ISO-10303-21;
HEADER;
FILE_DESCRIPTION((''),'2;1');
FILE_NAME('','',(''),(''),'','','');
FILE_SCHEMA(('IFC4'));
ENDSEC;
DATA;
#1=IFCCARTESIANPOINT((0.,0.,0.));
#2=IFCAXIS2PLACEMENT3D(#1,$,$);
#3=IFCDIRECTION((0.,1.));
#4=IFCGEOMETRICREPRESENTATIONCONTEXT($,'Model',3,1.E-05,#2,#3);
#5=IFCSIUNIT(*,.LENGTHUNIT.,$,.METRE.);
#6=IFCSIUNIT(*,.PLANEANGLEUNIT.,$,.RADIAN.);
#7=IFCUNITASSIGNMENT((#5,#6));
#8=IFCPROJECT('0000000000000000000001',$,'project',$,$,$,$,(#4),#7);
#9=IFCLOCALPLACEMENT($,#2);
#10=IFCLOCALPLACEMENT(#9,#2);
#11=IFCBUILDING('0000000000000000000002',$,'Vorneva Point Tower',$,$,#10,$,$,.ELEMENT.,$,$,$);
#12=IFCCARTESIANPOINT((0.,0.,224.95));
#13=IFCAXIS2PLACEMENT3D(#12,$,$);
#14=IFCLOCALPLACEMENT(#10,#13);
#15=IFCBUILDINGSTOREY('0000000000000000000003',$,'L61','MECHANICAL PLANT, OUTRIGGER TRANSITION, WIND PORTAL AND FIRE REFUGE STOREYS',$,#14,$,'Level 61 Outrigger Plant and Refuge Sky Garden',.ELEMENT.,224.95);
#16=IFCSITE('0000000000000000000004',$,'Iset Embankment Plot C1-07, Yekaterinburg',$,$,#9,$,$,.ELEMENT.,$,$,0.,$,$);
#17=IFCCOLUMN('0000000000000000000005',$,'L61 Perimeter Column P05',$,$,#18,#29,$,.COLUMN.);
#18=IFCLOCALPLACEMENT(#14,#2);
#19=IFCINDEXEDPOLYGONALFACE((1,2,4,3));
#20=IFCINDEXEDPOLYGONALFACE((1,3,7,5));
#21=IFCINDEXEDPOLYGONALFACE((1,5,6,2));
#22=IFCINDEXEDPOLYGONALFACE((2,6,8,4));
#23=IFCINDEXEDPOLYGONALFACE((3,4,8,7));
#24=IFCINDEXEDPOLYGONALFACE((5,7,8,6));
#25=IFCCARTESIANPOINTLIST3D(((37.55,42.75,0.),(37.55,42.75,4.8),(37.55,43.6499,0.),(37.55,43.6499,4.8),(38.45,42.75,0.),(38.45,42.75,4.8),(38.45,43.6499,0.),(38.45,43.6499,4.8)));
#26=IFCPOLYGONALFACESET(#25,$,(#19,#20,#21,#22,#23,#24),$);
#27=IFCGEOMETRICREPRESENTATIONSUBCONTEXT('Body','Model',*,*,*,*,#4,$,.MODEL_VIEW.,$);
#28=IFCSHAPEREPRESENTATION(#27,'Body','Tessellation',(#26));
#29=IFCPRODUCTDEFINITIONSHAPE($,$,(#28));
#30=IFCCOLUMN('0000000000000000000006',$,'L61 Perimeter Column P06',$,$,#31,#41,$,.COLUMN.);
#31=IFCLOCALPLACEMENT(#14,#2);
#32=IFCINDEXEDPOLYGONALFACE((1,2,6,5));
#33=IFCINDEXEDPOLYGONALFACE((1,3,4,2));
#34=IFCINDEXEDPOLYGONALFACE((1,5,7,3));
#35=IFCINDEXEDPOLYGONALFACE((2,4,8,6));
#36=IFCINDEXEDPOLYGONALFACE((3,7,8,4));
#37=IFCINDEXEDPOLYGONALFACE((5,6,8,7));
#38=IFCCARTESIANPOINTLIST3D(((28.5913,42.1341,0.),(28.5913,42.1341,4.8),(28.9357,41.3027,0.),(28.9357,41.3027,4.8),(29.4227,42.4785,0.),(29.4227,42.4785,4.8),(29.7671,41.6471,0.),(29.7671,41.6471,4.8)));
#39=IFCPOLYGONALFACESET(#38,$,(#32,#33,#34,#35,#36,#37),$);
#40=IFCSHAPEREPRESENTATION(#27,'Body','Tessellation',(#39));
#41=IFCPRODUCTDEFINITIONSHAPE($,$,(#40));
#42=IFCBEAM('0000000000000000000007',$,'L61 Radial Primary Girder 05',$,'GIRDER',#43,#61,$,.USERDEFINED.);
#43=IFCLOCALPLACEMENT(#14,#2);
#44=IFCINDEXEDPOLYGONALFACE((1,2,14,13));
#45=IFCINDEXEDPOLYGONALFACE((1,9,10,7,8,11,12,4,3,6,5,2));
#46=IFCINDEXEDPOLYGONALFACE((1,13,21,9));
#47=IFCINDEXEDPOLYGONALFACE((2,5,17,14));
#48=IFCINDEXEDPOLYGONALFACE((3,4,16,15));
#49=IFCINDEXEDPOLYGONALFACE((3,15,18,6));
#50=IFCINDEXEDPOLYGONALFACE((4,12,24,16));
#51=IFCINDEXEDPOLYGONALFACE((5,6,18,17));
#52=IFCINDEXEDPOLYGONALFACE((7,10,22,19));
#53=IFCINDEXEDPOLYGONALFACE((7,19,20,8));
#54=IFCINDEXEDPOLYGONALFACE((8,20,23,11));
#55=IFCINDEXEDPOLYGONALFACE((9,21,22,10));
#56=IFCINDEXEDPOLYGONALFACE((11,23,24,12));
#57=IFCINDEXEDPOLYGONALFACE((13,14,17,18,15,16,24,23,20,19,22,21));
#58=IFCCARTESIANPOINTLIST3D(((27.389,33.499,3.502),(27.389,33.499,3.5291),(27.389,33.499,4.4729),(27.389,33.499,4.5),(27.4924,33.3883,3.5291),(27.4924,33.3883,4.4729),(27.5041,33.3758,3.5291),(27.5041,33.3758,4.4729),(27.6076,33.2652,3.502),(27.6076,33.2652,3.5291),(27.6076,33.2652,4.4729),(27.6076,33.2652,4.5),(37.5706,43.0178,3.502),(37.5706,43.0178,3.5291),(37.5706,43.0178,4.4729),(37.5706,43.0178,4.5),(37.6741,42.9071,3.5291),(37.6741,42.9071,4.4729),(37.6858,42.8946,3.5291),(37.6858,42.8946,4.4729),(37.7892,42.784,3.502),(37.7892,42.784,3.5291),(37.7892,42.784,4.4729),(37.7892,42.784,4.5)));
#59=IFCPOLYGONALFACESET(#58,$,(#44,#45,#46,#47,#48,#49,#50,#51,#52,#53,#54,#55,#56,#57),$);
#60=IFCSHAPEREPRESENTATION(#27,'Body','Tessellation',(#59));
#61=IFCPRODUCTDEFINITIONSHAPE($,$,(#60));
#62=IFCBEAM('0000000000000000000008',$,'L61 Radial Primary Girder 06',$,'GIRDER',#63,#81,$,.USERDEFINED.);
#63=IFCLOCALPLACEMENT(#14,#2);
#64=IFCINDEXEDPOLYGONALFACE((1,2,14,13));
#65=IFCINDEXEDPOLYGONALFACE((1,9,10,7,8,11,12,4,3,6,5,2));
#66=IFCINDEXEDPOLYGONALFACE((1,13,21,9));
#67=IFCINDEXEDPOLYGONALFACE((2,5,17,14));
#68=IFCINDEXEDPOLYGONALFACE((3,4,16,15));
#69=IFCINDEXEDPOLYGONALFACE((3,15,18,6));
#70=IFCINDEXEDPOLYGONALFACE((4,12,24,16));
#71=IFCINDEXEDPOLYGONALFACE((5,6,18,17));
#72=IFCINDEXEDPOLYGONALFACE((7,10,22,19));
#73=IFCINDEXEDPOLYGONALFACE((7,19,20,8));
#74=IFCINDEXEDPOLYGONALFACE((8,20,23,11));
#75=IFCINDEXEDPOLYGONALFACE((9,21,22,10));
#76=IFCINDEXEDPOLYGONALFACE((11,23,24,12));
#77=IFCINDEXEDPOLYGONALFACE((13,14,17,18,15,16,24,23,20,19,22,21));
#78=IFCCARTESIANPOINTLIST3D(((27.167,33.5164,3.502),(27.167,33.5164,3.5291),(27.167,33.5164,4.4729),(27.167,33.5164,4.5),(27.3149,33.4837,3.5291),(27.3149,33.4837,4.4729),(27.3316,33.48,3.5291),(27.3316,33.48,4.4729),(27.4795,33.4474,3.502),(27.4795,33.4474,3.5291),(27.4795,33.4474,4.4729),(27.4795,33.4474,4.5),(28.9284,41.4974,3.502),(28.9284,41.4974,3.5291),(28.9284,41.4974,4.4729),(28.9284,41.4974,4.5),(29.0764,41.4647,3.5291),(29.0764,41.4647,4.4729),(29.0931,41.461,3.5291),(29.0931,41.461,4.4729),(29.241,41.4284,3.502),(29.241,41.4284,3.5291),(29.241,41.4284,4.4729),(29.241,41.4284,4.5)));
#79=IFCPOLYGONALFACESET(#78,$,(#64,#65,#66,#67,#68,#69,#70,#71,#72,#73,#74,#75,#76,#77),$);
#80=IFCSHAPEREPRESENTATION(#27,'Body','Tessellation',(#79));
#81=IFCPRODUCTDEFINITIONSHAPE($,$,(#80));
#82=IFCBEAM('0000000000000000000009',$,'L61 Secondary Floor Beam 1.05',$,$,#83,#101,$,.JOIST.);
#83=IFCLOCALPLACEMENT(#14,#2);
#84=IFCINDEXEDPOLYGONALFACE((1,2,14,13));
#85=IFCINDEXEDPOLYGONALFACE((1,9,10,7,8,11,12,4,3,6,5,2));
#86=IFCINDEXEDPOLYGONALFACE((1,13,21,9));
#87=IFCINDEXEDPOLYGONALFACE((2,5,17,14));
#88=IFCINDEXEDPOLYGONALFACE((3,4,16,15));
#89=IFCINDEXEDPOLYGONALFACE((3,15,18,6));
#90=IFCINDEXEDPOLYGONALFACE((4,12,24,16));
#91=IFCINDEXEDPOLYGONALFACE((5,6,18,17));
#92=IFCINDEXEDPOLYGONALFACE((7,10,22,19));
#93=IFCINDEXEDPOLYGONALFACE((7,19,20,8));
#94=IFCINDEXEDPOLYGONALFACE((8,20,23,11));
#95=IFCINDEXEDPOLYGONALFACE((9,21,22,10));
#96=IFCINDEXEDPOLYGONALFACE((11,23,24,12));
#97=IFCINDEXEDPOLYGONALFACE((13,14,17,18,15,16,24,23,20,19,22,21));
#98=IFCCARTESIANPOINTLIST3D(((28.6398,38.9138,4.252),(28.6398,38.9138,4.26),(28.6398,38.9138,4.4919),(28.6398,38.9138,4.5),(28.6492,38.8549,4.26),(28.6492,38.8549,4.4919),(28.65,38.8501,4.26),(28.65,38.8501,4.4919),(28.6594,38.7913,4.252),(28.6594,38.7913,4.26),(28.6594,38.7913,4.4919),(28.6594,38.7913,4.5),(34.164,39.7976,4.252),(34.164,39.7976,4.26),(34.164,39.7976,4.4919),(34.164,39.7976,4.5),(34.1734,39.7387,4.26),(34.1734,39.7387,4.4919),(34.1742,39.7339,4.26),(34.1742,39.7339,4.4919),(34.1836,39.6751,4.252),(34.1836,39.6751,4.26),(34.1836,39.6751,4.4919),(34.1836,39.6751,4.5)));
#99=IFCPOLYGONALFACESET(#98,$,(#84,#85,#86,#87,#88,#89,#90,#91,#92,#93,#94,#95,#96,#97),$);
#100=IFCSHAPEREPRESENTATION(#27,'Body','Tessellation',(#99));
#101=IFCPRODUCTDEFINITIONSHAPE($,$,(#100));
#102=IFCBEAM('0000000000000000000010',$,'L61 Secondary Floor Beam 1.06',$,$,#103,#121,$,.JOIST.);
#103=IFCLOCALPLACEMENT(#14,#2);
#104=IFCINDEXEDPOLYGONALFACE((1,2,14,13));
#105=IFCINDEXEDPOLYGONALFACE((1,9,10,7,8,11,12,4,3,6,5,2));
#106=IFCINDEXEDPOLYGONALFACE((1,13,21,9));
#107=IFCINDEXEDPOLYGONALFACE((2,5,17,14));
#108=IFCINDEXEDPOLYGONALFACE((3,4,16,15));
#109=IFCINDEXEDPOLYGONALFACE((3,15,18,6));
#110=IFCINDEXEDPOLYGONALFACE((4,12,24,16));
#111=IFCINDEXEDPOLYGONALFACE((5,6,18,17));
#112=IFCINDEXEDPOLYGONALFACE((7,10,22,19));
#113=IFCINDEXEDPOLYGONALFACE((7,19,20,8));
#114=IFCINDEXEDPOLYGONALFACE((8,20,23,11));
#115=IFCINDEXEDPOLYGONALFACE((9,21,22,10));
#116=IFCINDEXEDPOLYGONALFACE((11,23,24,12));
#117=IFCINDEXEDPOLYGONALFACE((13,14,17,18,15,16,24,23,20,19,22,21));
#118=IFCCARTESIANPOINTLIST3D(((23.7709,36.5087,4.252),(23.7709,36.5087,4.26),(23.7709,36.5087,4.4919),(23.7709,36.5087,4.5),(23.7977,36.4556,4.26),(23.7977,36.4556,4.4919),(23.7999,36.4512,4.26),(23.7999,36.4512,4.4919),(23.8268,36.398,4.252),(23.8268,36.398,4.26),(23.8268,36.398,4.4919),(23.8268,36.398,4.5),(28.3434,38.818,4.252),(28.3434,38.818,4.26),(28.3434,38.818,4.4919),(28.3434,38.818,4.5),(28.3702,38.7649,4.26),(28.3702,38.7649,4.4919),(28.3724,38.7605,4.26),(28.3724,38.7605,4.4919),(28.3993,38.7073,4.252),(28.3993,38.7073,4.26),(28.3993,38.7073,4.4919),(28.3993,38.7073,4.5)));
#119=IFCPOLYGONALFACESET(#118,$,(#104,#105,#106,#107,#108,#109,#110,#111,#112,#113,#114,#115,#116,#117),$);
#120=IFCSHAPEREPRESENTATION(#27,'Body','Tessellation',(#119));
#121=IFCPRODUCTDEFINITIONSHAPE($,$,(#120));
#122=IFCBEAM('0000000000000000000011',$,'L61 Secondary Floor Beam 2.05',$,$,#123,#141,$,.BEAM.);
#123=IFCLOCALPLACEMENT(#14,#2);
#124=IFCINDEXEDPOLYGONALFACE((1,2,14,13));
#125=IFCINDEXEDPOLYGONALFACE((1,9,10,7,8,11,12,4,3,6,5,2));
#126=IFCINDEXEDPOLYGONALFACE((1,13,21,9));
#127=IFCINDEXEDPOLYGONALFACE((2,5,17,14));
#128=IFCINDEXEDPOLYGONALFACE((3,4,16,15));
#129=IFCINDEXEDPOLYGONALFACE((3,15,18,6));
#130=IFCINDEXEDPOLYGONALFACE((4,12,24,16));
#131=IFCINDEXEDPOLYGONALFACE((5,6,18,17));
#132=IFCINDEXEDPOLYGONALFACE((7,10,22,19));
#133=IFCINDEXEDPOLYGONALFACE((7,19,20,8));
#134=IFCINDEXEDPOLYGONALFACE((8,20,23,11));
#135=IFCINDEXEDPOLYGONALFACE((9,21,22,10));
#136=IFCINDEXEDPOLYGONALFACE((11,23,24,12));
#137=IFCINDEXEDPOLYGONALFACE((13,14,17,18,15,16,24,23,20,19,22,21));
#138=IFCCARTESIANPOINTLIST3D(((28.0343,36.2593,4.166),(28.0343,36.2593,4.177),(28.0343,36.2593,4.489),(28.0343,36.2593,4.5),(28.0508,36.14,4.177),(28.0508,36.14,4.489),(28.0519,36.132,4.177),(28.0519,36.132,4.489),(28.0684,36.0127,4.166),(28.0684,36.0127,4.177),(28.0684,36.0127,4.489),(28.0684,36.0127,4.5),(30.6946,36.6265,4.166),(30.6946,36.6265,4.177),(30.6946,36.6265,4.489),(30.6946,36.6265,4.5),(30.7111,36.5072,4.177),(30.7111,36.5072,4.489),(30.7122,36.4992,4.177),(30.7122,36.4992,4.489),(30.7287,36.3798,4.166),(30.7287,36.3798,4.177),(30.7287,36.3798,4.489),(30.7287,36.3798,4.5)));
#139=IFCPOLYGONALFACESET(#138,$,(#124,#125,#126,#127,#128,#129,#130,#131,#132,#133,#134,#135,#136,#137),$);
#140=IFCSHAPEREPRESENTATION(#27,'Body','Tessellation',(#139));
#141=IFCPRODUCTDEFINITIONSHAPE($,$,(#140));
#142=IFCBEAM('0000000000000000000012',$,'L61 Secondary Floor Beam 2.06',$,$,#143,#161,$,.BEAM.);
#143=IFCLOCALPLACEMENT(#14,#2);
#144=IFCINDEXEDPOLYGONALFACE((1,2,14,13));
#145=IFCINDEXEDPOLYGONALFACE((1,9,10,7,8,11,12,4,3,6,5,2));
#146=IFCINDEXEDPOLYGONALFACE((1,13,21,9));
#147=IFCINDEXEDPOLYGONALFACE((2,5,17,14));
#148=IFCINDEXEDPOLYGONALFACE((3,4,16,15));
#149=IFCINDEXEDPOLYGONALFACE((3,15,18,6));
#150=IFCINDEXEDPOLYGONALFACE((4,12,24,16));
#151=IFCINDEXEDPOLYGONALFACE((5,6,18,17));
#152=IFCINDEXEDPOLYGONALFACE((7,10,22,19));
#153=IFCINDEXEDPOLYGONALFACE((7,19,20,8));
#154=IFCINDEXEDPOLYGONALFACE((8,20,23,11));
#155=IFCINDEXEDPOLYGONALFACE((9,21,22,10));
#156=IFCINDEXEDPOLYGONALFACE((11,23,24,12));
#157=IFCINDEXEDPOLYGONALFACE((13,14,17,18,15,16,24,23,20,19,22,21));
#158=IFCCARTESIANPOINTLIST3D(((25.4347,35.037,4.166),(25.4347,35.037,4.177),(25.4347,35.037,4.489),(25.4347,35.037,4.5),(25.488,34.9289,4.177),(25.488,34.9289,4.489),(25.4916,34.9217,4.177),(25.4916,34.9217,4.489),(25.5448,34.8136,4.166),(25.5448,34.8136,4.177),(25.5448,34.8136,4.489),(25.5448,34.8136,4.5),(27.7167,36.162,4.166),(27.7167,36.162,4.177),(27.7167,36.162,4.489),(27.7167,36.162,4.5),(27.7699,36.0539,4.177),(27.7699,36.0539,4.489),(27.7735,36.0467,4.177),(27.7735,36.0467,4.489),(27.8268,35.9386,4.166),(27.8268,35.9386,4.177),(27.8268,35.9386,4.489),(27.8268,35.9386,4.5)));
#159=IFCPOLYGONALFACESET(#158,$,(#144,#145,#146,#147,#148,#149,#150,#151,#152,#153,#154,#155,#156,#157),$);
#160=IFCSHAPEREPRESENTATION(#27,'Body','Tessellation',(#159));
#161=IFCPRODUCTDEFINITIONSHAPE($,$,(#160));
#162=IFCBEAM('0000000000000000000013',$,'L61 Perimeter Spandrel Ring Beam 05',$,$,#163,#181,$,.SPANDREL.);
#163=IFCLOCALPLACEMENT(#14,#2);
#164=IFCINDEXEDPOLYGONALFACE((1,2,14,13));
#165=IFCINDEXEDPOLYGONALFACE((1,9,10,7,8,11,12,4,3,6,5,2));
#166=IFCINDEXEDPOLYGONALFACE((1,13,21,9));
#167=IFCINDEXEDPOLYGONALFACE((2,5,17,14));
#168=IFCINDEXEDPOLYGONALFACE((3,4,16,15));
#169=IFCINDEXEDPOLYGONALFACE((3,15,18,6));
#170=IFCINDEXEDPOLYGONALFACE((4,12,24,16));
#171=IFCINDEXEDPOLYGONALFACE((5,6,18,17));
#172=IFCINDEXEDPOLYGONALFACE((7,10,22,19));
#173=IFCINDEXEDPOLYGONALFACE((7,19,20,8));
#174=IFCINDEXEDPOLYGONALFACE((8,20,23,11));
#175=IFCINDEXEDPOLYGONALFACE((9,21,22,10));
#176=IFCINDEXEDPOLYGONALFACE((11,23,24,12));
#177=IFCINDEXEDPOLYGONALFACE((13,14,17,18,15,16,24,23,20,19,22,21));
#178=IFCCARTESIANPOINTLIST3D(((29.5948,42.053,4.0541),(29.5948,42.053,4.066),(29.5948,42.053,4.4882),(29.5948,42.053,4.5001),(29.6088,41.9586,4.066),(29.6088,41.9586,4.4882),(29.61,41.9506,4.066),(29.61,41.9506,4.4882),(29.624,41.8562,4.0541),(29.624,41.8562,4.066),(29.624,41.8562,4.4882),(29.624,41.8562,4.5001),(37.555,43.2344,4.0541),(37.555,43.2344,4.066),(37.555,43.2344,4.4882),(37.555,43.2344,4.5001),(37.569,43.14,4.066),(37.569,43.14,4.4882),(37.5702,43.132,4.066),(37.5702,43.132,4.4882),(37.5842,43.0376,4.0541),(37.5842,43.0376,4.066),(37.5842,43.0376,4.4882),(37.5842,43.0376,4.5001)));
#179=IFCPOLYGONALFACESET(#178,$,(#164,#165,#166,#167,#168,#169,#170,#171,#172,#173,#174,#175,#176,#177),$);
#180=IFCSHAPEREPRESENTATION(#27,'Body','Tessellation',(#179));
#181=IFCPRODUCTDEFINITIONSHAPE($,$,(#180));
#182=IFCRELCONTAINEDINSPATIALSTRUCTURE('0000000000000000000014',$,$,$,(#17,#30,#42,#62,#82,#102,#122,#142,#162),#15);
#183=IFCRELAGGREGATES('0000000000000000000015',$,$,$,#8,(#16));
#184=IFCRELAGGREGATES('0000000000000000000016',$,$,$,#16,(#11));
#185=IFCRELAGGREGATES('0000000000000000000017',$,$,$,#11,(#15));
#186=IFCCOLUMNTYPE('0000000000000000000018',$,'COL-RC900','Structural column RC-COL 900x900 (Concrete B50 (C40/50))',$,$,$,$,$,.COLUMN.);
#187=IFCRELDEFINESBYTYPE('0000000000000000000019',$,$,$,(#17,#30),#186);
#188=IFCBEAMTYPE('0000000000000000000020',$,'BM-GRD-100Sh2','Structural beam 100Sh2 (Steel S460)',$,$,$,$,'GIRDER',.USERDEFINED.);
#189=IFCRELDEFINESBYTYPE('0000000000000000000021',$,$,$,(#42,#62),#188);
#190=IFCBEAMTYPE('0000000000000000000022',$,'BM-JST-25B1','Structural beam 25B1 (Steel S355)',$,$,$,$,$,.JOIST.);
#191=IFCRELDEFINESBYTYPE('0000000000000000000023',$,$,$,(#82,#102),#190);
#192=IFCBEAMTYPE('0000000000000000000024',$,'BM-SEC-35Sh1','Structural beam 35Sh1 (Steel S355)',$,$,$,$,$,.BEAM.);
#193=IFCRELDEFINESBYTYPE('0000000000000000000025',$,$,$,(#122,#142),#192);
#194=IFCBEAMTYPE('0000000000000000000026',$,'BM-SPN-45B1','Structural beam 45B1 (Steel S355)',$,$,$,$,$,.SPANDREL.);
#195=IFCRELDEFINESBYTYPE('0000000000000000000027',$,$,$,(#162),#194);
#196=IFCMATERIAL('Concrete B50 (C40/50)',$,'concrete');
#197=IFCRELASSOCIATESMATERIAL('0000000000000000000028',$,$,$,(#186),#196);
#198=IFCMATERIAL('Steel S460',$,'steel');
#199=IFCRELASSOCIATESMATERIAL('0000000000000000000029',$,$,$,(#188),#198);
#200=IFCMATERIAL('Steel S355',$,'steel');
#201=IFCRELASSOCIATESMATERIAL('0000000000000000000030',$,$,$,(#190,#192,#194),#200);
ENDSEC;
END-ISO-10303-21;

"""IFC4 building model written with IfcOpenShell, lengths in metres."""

from ifc_helpers import new_model, si_unit, direction, frame, origin, origin_2d, place, context, subcontext, project, spatial, rectangle, i_section, extrude, material, material_profile, profile_set, type_object, element, save


model = new_model("IFC4")

# Units and contexts
model_context = context("Model", 3, precision=1e-05, world=origin(), true_north=direction((0.0, 1.0)))
body_context = subcontext(model_context, "Body", "Model", "MODEL_VIEW")
ifc_project = project(units=[si_unit("LENGTHUNIT", "METRE"), si_unit("PLANEANGLEUNIT", "RADIAN")], contexts=[model_context])

# Site, building, storey
site_placement = place(None, origin())
site = spatial("IfcSite", under=ifc_project, at=site_placement, Name="Iset Embankment Plot C1-07, Yekaterinburg", CompositionType="ELEMENT", RefElevation=0.0)
building_placement = place(site_placement, origin())
building = spatial("IfcBuilding", under=site, at=building_placement, Name="Vorneva Point Tower", CompositionType="ELEMENT")
storey_placement = place(building_placement, frame((0.0, 0.0, 224.95)))
storey = spatial("IfcBuildingStorey", under=building, at=storey_placement, Name="L61", Description="MECHANICAL PLANT, OUTRIGGER TRANSITION, WIND PORTAL AND FIRE REFUGE STOREYS", LongName="Level 61 Outrigger Plant and Refuge Sky Garden", CompositionType="ELEMENT", Elevation=224.95)

# Columns
ifc_material_1 = material(Name="Concrete B50 (C40/50)", Category="concrete")
ifc_material_profile_1 = material_profile(ifc_material_1, rectangle(XDim=0.8999, YDim=0.8999, at=origin_2d()), Name="RC-COL 900x900")
ifc_profile_set_1 = profile_set([ifc_material_profile_1], Name="Concrete B50 (C40/50)")
column_type = type_object("IfcColumnType", Name="COL-RC900", Description="Structural column RC-COL 900x900 (Concrete B50 (C40/50))", PredefinedType="COLUMN", material=ifc_profile_set_1)
for number, where, z_axis, x_axis, name in (
    (1, (38.0, 43.2, 0.0), (0.0, 0.0, 1.0), (0.0, 1.0, 0.0), "L61 Perimeter Column P05"),
    (2, (29.1792, 41.8906, 0.0), (0.0, 0.0, 1.0), (-0.382683, 0.92388, 0.0), "L61 Perimeter Column P06"),
):
    element("IfcColumn", number, at=place(storey_placement, frame(where, z_axis=z_axis, x_axis=x_axis)), inside=storey, type_object=column_type, Name=name, PredefinedType="COLUMN", context=body_context, shape_type="SweptSolid", body=[
        extrude(rectangle(XDim=0.8999, YDim=0.8999, at=origin_2d()), origin(), (0.0, 0.0, 1.0), 4.8),
    ])

# Beams
ifc_material_2 = material(Name="Steel S460", Category="steel")
ifc_material_profile_2 = material_profile(ifc_material_2, i_section(OverallWidth=0.3201, OverallDepth=0.998, WebThickness=0.0171, FlangeThickness=0.0271, at=origin_2d()), Name="100Sh2")
ifc_profile_set_2 = profile_set([ifc_material_profile_2], Name="Steel S460")
beam_type_1 = type_object("IfcBeamType", Name="BM-GRD-100Sh2", Description="Structural beam 100Sh2 (Steel S460)", ElementType="GIRDER", PredefinedType="USERDEFINED", material=ifc_profile_set_2)
beam_1_placement = place(storey_placement, frame((37.6799, 42.9009, 4.001), z_axis=(-0.730485, -0.682929, 0.0), x_axis=(0.682929, -0.730485, 0.0)))
element("IfcBeam", 3, at=beam_1_placement, inside=storey, type_object=beam_type_1, Name="L61 Radial Primary Girder 05", ObjectType="GIRDER", PredefinedType="USERDEFINED", context=body_context, shape_type="SweptSolid", body=[
    extrude(i_section(OverallWidth=0.3201, OverallDepth=0.998, WebThickness=0.0171, FlangeThickness=0.0271, at=origin_2d()), origin(), (0.0, 0.0, 1.0), 13.9382),
])
beam_2_placement = place(storey_placement, frame((29.0847, 41.4629, 4.001), z_axis=(-0.215523, -0.976499, 0.0), x_axis=(0.976499, -0.215523, 0.0)))
element("IfcBeam", 4, at=beam_2_placement, inside=storey, type_object=beam_type_1, Name="L61 Radial Primary Girder 06", ObjectType="GIRDER", PredefinedType="USERDEFINED", context=body_context, shape_type="SweptSolid", body=[
    extrude(i_section(OverallWidth=0.3201, OverallDepth=0.998, WebThickness=0.0171, FlangeThickness=0.0271, at=origin_2d()), origin(), (0.0, 0.0, 1.0), 8.1731),
])
ifc_material_3 = material(Name="Steel S355", Category="steel")
ifc_material_profile_3 = material_profile(ifc_material_3, i_section(OverallWidth=0.124, OverallDepth=0.248, WebThickness=0.0049, FlangeThickness=0.0081, at=origin_2d()), Name="25B1")
ifc_profile_set_3 = profile_set([ifc_material_profile_3], Name="Steel S355")
beam_type_2 = type_object("IfcBeamType", Name="BM-JST-25B1", Description="Structural beam 25B1 (Steel S355)", PredefinedType="JOIST", material=ifc_profile_set_3)
beam_3_placement = place(storey_placement, frame((34.1738, 39.7363, 4.376), z_axis=(-0.987443, -0.157977, 0.0), x_axis=(0.157977, -0.987443, 0.0)))
element("IfcBeam", 5, at=beam_3_placement, inside=storey, type_object=beam_type_2, Name="L61 Secondary Floor Beam 1.05", PredefinedType="JOIST", context=body_context, shape_type="SweptSolid", body=[
    extrude(i_section(OverallWidth=0.124, OverallDepth=0.248, WebThickness=0.0049, FlangeThickness=0.0081, at=origin_2d()), origin(), (0.0, 0.0, 1.0), 5.5945),
])
beam_4_placement = place(storey_placement, frame((28.3713, 38.7627, 4.376), z_axis=(-0.892618, -0.450813, 0.0), x_axis=(0.450813, -0.892618, 0.0)))
element("IfcBeam", 6, at=beam_4_placement, inside=storey, type_object=beam_type_2, Name="L61 Secondary Floor Beam 1.06", PredefinedType="JOIST", context=body_context, shape_type="SweptSolid", body=[
    extrude(i_section(OverallWidth=0.124, OverallDepth=0.248, WebThickness=0.0049, FlangeThickness=0.0081, at=origin_2d()), origin(), (0.0, 0.0, 1.0), 5.1226),
])
ifc_material_profile_4 = material_profile(ifc_material_3, i_section(OverallWidth=0.249, OverallDepth=0.334, WebThickness=0.0081, FlangeThickness=0.011, at=origin_2d()), Name="35Sh1")
ifc_profile_set_4 = profile_set([ifc_material_profile_4], Name="Steel S355")
beam_type_3 = type_object("IfcBeamType", Name="BM-SEC-35Sh1", Description="Structural beam 35Sh1 (Steel S355)", PredefinedType="BEAM", material=ifc_profile_set_4)
beam_5_placement = place(storey_placement, frame((30.7117, 36.5032, 4.333), z_axis=(-0.990609, -0.136724, 0.0), x_axis=(0.136724, -0.990609, 0.0)))
element("IfcBeam", 7, at=beam_5_placement, inside=storey, type_object=beam_type_3, Name="L61 Secondary Floor Beam 2.05", PredefinedType="BEAM", context=body_context, shape_type="SweptSolid", body=[
    extrude(i_section(OverallWidth=0.249, OverallDepth=0.334, WebThickness=0.0081, FlangeThickness=0.011, at=origin_2d()), origin(), (0.0, 0.0, 1.0), 2.6855),
])
beam_6_placement = place(storey_placement, frame((27.7717, 36.0503, 4.333), z_axis=(-0.896927, -0.442178, 0.0), x_axis=(0.442178, -0.896927, 0.0)))
element("IfcBeam", 8, at=beam_6_placement, inside=storey, type_object=beam_type_3, Name="L61 Secondary Floor Beam 2.06", PredefinedType="BEAM", context=body_context, shape_type="SweptSolid", body=[
    extrude(i_section(OverallWidth=0.249, OverallDepth=0.334, WebThickness=0.0081, FlangeThickness=0.011, at=origin_2d()), origin(), (0.0, 0.0, 1.0), 2.5442),
])
ifc_material_profile_5 = material_profile(ifc_material_3, i_section(OverallWidth=0.199, OverallDepth=0.446, WebThickness=0.0081, FlangeThickness=0.012, at=origin_2d()), Name="45B1")
ifc_profile_set_5 = profile_set([ifc_material_profile_5], Name="Steel S355")
beam_type_4 = type_object("IfcBeamType", Name="BM-SPN-45B1", Description="Structural beam 45B1 (Steel S355)", PredefinedType="SPANDREL", material=ifc_profile_set_5)
beam_7_placement = place(storey_placement, frame((37.5696, 43.136, 4.2771), z_axis=(-0.989165, -0.146805, 0.0), x_axis=(0.146805, -0.989165, 0.0)))
element("IfcBeam", 9, at=beam_7_placement, inside=storey, type_object=beam_type_4, Name="L61 Perimeter Spandrel Ring Beam 05", PredefinedType="SPANDREL", context=body_context, shape_type="SweptSolid", body=[
    extrude(i_section(OverallWidth=0.199, OverallDepth=0.446, WebThickness=0.0081, FlangeThickness=0.012, at=origin_2d()), origin(), (0.0, 0.0, 1.0), 8.0474),
])

save(model, "model.ifc")
